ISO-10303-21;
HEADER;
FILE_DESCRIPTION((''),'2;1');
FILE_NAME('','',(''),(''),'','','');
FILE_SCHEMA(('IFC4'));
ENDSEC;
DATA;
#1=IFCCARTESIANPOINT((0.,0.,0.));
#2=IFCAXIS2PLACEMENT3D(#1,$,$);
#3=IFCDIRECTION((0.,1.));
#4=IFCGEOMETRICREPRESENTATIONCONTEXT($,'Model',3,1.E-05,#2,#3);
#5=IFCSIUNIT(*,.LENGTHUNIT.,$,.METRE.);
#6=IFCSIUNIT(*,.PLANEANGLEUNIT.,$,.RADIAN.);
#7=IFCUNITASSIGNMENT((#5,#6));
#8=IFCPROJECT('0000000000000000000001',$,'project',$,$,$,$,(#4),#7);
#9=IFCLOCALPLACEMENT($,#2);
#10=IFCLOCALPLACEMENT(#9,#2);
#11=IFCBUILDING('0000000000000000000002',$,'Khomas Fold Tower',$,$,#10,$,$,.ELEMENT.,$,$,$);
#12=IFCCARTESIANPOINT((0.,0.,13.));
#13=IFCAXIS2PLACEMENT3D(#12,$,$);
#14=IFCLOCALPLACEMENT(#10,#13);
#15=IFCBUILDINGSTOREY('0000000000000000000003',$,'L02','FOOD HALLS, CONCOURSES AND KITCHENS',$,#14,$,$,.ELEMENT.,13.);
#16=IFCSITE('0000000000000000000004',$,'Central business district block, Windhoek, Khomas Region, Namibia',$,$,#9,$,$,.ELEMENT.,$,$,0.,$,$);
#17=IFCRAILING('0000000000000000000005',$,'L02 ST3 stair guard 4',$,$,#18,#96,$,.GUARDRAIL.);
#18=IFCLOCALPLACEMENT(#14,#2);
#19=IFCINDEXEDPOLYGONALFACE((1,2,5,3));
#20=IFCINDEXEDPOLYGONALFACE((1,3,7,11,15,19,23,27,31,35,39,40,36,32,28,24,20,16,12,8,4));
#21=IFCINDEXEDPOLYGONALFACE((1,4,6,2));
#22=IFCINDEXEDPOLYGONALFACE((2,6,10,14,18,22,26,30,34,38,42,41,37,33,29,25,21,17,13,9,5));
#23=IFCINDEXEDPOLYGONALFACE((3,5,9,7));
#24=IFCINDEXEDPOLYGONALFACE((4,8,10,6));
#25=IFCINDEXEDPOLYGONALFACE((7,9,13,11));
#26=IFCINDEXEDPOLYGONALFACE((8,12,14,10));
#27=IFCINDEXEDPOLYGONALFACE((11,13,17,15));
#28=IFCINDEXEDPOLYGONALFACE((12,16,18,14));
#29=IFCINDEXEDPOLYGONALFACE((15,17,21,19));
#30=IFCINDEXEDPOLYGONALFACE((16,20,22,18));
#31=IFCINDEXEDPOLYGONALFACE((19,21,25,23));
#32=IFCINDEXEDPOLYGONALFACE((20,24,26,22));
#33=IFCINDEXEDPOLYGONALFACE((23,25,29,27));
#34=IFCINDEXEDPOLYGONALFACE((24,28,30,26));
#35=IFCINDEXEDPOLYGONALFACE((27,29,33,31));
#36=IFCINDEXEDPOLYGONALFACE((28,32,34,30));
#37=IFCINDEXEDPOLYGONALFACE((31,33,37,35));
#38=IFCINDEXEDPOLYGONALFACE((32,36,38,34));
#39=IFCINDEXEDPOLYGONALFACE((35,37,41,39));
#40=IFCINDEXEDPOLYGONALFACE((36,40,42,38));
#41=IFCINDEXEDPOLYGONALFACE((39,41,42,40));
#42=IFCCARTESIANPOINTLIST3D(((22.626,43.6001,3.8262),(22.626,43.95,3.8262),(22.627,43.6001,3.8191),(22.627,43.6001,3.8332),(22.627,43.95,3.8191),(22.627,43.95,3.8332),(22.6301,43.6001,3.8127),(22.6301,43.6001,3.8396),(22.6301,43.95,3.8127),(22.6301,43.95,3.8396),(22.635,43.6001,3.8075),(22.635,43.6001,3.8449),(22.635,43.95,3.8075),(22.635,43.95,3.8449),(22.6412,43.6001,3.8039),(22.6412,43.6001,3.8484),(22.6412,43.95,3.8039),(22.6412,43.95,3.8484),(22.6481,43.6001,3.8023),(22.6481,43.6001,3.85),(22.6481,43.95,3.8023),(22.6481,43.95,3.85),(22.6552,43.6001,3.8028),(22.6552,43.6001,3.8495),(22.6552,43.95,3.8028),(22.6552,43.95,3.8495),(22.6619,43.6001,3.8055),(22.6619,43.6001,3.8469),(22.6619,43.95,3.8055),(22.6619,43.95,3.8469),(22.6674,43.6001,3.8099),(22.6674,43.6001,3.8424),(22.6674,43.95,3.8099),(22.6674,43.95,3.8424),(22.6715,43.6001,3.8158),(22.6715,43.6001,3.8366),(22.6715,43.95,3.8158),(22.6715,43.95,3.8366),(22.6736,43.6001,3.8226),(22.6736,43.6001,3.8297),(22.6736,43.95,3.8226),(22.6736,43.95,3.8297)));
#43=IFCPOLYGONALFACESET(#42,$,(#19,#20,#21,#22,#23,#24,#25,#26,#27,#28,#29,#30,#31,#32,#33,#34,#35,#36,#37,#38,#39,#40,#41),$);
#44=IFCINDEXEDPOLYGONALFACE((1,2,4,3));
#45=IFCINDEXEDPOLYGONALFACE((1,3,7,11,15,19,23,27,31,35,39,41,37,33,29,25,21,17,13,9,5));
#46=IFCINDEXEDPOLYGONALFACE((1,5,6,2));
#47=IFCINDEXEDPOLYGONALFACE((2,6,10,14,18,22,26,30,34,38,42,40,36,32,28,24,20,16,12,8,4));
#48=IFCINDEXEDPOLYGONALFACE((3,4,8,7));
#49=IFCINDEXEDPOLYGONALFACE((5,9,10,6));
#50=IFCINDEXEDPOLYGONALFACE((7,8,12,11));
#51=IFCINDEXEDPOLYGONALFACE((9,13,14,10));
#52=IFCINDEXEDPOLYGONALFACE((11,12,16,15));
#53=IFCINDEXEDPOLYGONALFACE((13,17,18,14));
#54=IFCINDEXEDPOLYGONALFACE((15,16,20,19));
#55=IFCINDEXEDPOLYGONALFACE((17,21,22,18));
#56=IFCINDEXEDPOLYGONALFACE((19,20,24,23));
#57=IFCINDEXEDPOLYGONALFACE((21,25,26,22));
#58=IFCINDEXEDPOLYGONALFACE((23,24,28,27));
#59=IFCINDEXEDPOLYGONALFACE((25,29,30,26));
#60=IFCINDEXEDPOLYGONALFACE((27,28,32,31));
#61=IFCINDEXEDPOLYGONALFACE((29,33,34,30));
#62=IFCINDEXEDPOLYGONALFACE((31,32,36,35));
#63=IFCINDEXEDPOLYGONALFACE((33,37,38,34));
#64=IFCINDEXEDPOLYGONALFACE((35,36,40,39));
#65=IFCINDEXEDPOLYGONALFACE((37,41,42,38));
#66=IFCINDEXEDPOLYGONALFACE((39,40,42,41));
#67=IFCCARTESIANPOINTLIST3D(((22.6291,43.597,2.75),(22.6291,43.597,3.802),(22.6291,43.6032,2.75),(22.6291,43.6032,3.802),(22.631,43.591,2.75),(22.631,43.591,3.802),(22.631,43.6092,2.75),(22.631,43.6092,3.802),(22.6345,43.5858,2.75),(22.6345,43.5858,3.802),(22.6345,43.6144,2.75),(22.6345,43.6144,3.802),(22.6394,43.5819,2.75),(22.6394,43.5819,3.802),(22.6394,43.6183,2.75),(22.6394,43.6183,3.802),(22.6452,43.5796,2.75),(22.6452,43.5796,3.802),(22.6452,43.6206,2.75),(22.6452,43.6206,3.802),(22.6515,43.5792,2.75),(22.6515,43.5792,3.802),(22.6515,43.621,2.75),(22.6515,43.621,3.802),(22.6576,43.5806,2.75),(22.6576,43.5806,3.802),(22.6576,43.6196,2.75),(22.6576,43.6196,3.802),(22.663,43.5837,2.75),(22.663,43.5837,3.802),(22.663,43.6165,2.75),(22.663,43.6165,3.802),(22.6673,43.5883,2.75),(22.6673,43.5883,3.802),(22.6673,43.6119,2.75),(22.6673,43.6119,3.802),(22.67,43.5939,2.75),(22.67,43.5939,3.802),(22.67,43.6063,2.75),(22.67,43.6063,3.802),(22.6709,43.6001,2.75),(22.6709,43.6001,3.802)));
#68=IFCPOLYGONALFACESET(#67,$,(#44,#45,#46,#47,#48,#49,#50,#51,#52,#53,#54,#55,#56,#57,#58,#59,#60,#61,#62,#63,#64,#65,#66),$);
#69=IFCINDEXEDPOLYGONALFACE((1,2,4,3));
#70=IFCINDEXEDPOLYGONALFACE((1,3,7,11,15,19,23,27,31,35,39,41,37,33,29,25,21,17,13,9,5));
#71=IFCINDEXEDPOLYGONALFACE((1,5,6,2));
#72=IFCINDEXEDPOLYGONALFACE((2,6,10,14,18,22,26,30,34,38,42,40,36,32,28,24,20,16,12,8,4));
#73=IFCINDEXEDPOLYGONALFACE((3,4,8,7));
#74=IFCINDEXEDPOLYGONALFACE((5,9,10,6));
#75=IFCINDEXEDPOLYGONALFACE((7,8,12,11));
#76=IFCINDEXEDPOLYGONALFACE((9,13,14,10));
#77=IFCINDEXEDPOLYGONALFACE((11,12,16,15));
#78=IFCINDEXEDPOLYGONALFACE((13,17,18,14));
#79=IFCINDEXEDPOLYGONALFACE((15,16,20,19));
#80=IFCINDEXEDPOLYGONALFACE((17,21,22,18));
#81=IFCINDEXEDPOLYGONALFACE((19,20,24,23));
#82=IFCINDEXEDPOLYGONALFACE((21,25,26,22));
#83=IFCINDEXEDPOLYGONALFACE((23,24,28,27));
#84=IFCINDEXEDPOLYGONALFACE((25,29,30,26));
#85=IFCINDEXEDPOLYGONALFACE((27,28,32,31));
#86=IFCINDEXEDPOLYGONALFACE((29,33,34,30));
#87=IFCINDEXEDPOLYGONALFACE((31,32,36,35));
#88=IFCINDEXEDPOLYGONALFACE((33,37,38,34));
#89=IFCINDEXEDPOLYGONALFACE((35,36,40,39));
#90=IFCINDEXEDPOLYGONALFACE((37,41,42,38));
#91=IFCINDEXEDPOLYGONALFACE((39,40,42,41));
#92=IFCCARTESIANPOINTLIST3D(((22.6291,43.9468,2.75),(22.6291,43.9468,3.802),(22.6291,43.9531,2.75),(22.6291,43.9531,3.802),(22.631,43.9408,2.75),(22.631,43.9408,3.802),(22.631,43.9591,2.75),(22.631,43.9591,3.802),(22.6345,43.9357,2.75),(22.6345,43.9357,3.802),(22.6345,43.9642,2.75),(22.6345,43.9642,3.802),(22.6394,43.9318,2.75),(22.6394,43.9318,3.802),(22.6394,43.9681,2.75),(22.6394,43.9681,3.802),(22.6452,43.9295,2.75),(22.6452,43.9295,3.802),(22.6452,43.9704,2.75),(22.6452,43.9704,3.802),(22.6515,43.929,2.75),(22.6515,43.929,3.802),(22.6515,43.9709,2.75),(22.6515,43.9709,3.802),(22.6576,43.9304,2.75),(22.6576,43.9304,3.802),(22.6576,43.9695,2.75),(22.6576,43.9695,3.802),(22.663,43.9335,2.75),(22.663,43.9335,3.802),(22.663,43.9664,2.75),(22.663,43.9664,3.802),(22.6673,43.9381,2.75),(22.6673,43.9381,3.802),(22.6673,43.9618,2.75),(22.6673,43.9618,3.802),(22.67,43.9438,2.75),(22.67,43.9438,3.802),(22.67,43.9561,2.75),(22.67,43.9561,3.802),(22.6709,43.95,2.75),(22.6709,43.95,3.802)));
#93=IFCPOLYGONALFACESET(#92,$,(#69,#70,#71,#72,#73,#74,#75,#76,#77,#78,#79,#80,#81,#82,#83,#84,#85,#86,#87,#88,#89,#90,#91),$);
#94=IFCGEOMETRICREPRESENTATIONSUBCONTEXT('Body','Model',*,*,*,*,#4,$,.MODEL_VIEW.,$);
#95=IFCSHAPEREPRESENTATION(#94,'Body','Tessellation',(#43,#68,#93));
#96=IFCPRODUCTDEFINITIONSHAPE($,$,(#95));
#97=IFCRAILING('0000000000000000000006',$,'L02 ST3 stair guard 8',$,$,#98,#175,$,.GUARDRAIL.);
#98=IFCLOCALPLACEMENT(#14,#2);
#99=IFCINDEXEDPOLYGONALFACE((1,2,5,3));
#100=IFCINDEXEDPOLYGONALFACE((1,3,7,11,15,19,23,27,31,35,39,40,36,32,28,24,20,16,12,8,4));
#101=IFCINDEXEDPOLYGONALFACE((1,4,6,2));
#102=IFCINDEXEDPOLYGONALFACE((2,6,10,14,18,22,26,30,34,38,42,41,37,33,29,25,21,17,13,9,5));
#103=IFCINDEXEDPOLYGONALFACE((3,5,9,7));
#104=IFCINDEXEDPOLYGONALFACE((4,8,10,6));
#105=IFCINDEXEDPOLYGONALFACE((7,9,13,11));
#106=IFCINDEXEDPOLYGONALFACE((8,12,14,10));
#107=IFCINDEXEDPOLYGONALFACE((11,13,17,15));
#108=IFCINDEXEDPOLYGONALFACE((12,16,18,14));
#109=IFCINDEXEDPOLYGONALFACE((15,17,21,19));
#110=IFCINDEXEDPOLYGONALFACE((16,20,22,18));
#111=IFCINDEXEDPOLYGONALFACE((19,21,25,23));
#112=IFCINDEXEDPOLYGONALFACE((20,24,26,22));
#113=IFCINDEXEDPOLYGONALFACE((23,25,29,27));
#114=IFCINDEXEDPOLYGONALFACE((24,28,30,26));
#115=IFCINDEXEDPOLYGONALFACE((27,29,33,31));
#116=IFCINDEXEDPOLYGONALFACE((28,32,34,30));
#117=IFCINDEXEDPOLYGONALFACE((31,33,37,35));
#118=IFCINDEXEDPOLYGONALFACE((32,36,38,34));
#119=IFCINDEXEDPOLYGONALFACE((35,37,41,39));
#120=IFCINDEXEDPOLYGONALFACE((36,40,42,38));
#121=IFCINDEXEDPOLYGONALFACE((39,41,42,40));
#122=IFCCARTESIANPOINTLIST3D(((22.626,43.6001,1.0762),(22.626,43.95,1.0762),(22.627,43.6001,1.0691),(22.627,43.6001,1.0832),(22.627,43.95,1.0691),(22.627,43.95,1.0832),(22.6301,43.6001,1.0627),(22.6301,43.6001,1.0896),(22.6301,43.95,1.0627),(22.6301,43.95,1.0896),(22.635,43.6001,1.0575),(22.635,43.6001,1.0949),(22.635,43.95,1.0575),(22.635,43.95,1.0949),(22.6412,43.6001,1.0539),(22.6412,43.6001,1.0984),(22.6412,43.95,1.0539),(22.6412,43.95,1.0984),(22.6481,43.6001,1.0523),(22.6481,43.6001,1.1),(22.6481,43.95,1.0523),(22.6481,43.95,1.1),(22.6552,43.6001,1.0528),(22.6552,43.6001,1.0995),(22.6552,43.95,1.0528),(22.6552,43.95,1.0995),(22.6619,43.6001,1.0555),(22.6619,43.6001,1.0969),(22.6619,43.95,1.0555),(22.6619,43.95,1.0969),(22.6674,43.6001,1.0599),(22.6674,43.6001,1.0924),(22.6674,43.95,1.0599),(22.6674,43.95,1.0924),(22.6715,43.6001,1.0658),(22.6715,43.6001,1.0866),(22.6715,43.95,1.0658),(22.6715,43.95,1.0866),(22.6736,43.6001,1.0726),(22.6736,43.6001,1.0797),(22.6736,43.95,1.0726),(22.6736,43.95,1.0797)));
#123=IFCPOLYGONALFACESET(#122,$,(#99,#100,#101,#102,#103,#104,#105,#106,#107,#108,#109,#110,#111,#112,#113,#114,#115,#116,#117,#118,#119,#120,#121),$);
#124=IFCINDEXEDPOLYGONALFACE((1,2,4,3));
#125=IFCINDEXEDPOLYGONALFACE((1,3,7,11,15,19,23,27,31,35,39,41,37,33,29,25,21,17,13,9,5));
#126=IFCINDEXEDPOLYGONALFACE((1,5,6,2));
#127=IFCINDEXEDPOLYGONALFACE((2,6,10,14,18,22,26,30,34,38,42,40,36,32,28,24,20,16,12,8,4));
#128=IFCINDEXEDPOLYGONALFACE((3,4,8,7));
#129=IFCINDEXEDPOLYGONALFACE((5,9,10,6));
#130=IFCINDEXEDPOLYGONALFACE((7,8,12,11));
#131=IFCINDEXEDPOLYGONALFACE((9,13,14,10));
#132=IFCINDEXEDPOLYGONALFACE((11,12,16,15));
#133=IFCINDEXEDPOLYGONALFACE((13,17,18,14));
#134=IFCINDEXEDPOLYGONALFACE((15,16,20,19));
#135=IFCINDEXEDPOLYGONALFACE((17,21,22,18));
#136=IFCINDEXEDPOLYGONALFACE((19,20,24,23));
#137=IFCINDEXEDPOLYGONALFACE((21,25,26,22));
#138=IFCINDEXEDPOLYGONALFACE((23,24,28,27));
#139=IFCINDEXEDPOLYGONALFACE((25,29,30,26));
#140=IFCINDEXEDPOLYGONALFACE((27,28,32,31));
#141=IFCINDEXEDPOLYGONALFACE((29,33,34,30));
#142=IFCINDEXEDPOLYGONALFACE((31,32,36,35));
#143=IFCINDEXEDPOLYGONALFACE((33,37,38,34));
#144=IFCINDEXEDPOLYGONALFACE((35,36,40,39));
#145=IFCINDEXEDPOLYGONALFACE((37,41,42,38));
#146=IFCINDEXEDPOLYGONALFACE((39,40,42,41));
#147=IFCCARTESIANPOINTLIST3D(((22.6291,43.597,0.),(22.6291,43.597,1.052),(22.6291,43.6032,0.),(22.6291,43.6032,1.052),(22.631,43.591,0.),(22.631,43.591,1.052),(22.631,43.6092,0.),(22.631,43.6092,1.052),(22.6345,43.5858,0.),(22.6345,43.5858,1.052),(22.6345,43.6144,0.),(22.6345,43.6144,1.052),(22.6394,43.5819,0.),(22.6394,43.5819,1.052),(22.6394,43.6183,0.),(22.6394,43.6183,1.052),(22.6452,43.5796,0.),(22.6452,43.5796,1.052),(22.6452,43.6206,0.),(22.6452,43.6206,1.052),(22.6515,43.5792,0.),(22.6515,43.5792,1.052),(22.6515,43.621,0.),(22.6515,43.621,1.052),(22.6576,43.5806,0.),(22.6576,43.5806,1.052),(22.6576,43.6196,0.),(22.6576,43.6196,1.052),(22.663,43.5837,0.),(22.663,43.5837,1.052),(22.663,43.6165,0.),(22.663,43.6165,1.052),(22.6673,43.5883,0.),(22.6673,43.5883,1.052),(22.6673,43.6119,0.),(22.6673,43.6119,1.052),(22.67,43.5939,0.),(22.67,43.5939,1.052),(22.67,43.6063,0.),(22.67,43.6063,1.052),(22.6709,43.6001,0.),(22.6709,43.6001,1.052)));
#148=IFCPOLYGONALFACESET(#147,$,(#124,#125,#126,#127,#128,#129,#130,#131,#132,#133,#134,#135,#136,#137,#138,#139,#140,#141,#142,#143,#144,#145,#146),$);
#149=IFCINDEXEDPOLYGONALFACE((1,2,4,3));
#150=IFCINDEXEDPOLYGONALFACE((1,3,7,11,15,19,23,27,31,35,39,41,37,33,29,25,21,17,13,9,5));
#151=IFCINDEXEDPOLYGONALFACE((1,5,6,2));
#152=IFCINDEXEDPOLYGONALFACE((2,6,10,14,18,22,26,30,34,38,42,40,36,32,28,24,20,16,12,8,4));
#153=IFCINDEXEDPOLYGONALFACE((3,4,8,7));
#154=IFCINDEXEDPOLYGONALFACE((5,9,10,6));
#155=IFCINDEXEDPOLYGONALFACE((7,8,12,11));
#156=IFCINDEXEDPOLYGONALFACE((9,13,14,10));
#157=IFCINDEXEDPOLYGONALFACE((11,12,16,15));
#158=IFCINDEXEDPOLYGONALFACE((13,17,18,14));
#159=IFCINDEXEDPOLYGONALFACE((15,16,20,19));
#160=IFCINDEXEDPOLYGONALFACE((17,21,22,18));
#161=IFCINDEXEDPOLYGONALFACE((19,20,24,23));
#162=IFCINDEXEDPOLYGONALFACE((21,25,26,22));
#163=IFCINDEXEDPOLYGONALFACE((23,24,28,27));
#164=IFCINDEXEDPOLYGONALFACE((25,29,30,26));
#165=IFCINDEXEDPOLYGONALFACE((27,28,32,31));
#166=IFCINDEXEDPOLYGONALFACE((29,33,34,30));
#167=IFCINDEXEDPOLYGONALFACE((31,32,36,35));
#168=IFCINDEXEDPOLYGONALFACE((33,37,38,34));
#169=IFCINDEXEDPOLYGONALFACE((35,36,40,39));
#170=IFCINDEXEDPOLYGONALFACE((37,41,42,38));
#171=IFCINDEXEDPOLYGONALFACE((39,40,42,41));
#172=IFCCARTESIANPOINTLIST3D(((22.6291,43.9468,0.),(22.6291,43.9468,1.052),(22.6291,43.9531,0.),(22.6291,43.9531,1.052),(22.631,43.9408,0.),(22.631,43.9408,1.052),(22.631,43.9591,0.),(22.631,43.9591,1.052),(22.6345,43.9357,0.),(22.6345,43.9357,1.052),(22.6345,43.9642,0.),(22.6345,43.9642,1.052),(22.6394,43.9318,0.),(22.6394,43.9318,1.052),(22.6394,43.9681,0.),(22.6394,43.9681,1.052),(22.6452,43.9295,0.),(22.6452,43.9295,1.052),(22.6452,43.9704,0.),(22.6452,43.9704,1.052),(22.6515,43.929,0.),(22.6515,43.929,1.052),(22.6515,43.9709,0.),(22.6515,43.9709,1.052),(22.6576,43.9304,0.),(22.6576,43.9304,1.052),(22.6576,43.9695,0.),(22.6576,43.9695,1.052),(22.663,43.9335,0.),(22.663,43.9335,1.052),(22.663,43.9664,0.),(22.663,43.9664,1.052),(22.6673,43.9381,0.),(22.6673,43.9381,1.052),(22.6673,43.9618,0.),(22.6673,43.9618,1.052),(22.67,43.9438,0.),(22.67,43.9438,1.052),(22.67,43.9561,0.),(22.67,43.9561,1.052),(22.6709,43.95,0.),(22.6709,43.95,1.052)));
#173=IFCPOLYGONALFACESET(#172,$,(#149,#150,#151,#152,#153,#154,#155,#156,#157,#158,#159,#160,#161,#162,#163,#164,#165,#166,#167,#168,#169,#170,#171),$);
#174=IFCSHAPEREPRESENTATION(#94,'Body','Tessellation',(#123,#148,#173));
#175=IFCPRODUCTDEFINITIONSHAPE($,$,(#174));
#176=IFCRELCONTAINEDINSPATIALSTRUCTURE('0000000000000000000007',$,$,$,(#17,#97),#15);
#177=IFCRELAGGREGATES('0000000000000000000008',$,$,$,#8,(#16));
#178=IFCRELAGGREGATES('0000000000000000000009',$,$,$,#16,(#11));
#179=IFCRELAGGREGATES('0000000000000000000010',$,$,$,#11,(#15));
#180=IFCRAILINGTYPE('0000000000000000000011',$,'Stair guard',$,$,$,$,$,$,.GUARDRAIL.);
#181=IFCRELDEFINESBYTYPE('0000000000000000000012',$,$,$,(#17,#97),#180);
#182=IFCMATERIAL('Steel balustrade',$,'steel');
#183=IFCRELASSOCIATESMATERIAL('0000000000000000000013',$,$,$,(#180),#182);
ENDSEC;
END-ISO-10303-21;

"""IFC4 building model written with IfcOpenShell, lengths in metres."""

from ifc_helpers import new_model, si_unit, direction, frame, origin, origin_2d, place, context, subcontext, project, spatial, circle, extrude, source, transform, mapped, material, type_object, element, save


model = new_model("IFC4")

# Units and contexts
model_context = context("Model", 3, precision=1e-05, world=origin(), true_north=direction((0.0, 1.0)))
body_context = subcontext(model_context, "Body", "Model", "MODEL_VIEW")
ifc_project = project(units=[si_unit("LENGTHUNIT", "METRE"), si_unit("PLANEANGLEUNIT", "RADIAN")], contexts=[model_context])

# Site, building, storey
site_placement = place(None, origin())
site = spatial("IfcSite", under=ifc_project, at=site_placement, Name="Central business district block, Windhoek, Khomas Region, Namibia", CompositionType="ELEMENT", RefElevation=0.0)
building_placement = place(site_placement, origin())
building = spatial("IfcBuilding", under=site, at=building_placement, Name="Khomas Fold Tower", CompositionType="ELEMENT")
storey_placement = place(building_placement, frame((0.0, 0.0, 13.0)))
storey = spatial("IfcBuildingStorey", under=building, at=storey_placement, Name="L02", Description="FOOD HALLS, CONCOURSES AND KITCHENS", CompositionType="ELEMENT", Elevation=13.0)

# Railings
ifc_material_1 = material(Name="Steel balustrade", Category="steel")
railing_type_1 = type_object("IfcRailingType", Name="Stair guard", PredefinedType="GUARDRAIL", material=ifc_material_1)
shared_shape_1 = source(origin(), body_context, "Body", "SweptSolid", [
    extrude(circle(Radius=0.0239, at=origin_2d()), frame((0.0, 0.0, 1.0762), z_axis=(0.0, 1.0, 0.0), x_axis=(-1.0, 0.0, 0.0)), (0.0, 0.0, 1.0), 0.3499),
    extrude(circle(Radius=0.021, at=origin_2d()), origin(), (0.0, 0.0, 1.0), 1.052),
    extrude(circle(Radius=0.021, at=origin_2d()), frame((0.0, 0.3499, 0.0)), (0.0, 0.0, 1.0), 1.052),
])
for number, where, name in (
    (1, (22.6499, 43.6001, 2.75), "L02 ST3 stair guard 4"),
    (2, (22.6499, 43.6001, 0.0), "L02 ST3 stair guard 8"),
):
    element("IfcRailing", number, at=place(storey_placement, frame(where)), inside=storey, type_object=railing_type_1, Name=name, PredefinedType="GUARDRAIL", context=body_context, shape_type="MappedRepresentation", body=[
        mapped(shared_shape_1, transform((0.0, 0.0, 0.0))),
    ])

save(model, "model.ifc")
